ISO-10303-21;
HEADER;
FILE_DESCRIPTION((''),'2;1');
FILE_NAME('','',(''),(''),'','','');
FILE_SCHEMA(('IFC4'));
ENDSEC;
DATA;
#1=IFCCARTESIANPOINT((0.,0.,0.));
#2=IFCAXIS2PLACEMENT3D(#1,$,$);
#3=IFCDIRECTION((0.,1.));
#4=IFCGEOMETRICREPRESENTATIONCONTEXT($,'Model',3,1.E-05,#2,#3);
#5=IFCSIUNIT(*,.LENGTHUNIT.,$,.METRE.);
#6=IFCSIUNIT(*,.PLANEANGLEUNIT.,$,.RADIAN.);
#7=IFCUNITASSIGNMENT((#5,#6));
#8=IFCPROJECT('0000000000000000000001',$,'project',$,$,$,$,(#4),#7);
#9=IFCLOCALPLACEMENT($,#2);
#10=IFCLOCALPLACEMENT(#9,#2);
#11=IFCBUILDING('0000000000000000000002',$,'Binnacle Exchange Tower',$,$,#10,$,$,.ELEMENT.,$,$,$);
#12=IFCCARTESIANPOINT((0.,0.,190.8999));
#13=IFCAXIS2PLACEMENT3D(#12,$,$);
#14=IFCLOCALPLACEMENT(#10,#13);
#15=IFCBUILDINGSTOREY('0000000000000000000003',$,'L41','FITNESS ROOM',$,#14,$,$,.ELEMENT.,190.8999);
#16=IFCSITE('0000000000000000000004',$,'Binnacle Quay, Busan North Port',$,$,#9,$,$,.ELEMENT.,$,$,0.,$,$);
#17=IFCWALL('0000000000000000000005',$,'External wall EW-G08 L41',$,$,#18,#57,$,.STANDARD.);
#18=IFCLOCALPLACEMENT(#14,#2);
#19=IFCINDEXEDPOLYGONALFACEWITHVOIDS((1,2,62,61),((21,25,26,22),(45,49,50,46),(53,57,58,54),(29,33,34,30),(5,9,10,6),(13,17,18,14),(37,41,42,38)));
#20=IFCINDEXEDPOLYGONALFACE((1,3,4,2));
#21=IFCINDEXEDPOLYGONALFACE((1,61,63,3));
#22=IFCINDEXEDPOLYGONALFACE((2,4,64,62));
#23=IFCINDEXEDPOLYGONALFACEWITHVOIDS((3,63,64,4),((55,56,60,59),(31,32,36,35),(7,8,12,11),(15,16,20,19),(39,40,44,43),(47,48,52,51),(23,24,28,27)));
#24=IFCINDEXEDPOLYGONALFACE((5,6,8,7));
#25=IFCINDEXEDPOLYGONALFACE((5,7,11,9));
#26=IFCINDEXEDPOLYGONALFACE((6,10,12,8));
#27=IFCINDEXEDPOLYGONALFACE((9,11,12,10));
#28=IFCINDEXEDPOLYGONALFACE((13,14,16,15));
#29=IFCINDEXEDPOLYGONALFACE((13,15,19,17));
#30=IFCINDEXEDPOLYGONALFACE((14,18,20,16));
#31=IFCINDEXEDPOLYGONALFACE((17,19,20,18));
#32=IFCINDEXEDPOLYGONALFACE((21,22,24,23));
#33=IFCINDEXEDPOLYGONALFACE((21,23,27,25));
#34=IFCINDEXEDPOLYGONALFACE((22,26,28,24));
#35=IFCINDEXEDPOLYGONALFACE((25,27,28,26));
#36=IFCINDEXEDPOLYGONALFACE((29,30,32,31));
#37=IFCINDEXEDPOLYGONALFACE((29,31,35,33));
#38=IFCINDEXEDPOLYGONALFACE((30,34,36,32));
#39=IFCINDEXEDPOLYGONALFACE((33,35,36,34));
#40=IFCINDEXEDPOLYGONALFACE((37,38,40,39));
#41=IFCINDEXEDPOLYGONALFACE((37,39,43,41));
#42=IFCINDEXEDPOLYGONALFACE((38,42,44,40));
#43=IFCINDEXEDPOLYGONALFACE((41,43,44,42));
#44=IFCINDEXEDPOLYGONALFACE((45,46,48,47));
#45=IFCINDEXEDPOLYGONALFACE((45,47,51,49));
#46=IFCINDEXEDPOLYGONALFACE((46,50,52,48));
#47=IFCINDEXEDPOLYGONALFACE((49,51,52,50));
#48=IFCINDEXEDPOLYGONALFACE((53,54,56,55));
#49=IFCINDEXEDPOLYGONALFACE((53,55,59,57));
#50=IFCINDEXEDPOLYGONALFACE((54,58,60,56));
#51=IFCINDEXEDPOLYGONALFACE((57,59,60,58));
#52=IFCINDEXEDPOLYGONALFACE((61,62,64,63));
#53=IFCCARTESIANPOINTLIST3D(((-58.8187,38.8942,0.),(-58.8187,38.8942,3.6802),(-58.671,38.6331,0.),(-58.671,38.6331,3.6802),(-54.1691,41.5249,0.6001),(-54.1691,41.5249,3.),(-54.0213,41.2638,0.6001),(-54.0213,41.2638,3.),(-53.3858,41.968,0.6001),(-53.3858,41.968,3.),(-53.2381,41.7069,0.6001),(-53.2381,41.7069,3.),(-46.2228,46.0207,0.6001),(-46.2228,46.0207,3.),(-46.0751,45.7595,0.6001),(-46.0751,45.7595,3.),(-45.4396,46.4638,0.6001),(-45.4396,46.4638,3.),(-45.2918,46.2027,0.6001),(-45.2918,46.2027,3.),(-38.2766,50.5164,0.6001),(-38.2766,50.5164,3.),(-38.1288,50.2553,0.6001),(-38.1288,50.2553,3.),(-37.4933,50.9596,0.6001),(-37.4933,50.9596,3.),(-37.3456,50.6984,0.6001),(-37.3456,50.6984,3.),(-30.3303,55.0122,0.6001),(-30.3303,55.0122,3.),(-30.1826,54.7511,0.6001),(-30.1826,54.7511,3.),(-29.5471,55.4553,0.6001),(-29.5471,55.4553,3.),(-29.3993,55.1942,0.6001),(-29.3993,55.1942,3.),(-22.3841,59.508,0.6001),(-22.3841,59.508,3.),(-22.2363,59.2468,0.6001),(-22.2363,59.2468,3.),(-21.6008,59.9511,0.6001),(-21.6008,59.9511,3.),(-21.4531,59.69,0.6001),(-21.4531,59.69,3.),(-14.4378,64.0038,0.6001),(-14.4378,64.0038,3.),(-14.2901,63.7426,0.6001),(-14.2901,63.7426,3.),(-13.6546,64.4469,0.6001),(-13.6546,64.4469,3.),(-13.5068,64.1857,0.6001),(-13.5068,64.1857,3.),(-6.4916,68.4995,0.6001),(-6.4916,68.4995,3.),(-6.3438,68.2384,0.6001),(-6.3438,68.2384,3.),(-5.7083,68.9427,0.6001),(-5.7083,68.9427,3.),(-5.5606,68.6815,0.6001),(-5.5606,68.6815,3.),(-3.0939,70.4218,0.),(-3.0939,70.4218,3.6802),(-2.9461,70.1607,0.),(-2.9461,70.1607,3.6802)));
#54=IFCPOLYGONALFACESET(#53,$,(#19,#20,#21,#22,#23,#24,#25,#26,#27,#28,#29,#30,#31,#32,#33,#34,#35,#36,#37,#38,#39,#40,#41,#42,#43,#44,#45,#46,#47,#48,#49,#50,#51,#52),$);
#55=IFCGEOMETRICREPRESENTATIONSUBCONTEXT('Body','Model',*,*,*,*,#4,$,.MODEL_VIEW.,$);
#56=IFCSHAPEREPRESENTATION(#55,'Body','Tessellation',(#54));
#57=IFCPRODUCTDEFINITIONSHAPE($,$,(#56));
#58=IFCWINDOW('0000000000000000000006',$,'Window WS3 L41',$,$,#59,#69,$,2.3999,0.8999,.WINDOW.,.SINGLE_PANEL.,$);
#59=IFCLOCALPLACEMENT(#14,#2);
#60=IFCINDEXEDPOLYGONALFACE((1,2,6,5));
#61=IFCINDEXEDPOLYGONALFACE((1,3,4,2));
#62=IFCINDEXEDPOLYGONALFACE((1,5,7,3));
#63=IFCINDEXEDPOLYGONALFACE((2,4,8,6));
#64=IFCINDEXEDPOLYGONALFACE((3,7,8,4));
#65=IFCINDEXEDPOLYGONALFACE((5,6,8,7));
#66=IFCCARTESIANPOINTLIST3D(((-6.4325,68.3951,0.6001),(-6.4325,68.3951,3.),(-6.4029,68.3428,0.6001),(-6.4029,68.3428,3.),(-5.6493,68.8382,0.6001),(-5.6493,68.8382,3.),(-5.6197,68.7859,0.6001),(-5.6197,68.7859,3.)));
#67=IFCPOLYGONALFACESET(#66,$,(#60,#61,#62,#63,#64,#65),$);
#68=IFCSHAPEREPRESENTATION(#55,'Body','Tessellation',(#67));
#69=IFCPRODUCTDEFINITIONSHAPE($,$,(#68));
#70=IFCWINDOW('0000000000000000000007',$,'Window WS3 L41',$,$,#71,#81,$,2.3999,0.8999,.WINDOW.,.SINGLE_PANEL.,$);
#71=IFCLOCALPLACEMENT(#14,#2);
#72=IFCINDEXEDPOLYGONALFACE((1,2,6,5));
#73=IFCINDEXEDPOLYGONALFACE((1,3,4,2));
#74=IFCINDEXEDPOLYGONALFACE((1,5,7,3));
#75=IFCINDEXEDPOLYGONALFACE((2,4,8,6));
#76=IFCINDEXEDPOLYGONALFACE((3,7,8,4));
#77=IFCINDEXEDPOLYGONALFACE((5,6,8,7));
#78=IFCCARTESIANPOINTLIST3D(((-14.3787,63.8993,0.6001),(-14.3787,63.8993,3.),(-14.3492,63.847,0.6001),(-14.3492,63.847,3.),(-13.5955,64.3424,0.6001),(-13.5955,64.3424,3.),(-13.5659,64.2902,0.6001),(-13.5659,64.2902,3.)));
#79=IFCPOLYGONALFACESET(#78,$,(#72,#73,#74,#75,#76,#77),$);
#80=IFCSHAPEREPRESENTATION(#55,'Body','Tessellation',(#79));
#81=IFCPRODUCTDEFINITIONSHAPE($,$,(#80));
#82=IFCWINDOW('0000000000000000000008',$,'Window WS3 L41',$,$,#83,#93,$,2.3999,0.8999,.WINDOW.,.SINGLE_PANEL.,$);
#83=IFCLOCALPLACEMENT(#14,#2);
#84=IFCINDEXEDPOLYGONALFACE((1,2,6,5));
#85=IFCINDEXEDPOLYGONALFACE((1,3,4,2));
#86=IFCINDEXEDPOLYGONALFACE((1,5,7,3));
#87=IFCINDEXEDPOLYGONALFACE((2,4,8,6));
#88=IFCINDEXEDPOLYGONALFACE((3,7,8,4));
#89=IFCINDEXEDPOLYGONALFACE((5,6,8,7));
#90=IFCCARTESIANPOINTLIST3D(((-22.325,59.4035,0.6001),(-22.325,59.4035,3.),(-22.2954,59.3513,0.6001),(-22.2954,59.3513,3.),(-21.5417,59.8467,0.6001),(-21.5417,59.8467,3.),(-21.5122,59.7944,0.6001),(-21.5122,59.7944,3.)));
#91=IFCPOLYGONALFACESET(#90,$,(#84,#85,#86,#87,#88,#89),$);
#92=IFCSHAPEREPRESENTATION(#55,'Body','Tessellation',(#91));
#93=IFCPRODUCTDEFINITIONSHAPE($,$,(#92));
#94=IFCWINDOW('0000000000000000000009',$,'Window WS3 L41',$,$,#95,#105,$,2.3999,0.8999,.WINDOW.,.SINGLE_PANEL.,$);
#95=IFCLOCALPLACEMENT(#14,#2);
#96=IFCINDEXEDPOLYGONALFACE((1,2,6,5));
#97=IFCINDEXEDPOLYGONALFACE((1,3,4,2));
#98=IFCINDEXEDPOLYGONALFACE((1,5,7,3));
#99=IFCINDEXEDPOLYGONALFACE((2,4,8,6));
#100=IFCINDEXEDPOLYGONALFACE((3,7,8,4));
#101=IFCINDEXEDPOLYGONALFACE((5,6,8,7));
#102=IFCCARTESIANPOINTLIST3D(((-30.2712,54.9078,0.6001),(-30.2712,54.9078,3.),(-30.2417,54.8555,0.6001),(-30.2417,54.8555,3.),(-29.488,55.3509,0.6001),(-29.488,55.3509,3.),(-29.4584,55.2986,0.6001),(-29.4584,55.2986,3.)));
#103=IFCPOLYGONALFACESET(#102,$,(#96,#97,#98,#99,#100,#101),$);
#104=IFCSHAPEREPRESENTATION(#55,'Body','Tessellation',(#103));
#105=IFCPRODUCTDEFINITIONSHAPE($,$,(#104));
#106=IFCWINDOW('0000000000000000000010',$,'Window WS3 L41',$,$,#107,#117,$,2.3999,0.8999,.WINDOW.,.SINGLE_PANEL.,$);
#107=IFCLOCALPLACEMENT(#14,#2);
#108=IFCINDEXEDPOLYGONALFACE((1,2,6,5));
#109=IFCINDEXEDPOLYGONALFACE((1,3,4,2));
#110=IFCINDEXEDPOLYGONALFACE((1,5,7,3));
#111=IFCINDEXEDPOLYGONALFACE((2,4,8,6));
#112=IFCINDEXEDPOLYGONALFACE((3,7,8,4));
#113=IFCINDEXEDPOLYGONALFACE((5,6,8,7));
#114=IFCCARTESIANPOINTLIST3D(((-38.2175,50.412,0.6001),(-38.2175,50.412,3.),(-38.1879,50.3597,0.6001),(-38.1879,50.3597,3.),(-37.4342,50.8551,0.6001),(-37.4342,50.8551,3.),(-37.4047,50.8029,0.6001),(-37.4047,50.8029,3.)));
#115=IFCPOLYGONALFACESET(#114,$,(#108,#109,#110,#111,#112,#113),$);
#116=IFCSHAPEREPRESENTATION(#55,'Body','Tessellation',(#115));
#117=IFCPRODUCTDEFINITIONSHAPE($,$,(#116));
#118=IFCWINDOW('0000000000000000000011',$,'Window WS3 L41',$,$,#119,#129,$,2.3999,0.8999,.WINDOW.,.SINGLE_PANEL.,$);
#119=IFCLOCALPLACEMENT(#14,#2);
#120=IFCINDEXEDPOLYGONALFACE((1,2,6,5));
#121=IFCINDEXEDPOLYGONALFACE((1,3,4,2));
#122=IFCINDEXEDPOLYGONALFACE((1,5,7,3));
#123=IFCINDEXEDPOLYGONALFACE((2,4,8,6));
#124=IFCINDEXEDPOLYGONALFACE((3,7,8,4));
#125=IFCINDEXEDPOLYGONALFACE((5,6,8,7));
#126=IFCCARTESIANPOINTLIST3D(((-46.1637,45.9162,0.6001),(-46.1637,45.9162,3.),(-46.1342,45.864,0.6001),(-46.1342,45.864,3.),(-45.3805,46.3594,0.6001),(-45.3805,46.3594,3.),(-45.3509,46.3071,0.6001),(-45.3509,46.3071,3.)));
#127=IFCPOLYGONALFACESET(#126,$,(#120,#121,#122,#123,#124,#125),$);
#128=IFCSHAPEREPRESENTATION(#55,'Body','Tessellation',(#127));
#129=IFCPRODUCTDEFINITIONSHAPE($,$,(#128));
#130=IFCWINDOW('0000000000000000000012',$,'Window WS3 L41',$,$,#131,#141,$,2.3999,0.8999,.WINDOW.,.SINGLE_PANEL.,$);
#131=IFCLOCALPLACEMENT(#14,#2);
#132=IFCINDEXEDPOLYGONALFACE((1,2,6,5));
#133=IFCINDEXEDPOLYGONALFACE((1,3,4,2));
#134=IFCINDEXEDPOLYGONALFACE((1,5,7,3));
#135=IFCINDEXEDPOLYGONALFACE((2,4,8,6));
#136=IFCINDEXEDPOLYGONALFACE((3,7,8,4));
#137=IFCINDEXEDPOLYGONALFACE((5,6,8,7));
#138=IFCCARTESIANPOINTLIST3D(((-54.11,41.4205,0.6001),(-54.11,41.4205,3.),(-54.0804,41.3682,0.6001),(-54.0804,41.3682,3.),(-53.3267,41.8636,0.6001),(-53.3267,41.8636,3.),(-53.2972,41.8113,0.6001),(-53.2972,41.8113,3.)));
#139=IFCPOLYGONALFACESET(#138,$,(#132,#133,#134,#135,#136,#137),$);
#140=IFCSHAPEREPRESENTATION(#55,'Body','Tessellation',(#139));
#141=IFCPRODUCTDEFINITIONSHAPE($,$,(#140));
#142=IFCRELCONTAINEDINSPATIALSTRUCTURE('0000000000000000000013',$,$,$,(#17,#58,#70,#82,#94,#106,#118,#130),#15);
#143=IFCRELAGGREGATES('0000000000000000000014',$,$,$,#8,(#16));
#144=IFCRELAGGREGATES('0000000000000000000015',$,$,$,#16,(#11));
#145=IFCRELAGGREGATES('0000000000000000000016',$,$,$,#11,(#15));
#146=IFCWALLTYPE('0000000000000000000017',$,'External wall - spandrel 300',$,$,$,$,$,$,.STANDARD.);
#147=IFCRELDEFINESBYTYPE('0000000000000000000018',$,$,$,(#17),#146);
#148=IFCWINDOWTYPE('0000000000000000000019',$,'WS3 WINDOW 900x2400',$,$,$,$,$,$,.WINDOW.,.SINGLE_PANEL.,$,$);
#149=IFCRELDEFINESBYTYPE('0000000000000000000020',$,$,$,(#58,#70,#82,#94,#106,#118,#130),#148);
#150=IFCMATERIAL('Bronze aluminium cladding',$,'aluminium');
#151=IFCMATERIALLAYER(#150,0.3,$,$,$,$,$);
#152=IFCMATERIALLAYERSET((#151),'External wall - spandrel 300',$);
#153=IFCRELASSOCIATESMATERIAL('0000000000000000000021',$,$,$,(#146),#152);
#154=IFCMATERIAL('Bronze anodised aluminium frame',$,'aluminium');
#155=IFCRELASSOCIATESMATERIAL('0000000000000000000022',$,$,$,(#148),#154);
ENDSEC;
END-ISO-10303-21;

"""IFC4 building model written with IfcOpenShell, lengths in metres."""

from ifc_helpers import new_model, si_unit, direction, frame, frame_2d, origin, place, context, subcontext, project, spatial, rectangle, extrude, material, layer, layer_set, type_object, element, fill, save


model = new_model("IFC4")

# Units and contexts
model_context = context("Model", 3, precision=1e-05, world=origin(), true_north=direction((0.0, 1.0)))
body_context = subcontext(model_context, "Body", "Model", "MODEL_VIEW")
ifc_project = project(units=[si_unit("LENGTHUNIT", "METRE"), si_unit("PLANEANGLEUNIT", "RADIAN")], contexts=[model_context])

# Site, building, storey
site_placement = place(None, origin())
site = spatial("IfcSite", under=ifc_project, at=site_placement, Name="Binnacle Quay, Busan North Port", CompositionType="ELEMENT", RefElevation=0.0)
building_placement = place(site_placement, origin())
building = spatial("IfcBuilding", under=site, at=building_placement, Name="Binnacle Exchange Tower", CompositionType="ELEMENT")
storey_placement = place(building_placement, frame((0.0, 0.0, 190.8999)))
storey = spatial("IfcBuildingStorey", under=building, at=storey_placement, Name="L41", Description="FITNESS ROOM", CompositionType="ELEMENT", Elevation=190.8999)

# Wall, openings, windows
ifc_material_1 = material(Name="Bronze aluminium cladding", Category="aluminium")
ifc_layer_1 = layer(ifc_material_1, 0.3)
ifc_layer_set_1 = layer_set([ifc_layer_1], Name="External wall - spandrel 300")
wall_type_1 = type_object("IfcWallType", Name="External wall - spandrel 300", PredefinedType="STANDARD", material=ifc_layer_set_1)
wall_1_placement = place(storey_placement, frame((-58.7449, 38.7637, 0.0), z_axis=(0.0, 0.0, 1.0), x_axis=(0.870356, 0.492423, 0.0)))
wall_1 = element("IfcWall", 1, at=wall_1_placement, inside=storey, type_object=wall_type_1, Name="External wall EW-G08 L41", PredefinedType="STANDARD", context=body_context, shape_type="SweptSolid", body=[
    extrude(rectangle(XDim=64.0254, YDim=0.3, at=frame_2d((32.0127, 0.0))), origin(), (0.0, 0.0, 1.0), 3.6802),
])
opening_1_placement = place(wall_1_placement, frame((60.1216, 0.0, 0.6001)))
opening_1 = element("IfcOpeningElement", 2, at=opening_1_placement, cuts=wall_1, PredefinedType="OPENING", context=body_context, shape_type="SweptSolid", body=[
    extrude(rectangle(XDim=0.8999, YDim=2.3999, at=frame_2d((0.45, 1.2))), frame((0.0, 0.1599, 0.0), z_axis=(0.0, -1.0, 0.0), x_axis=(1.0, 0.0, 0.0)), (0.0, 0.0, 1.0), 0.3201),
])
opening_2_placement = place(wall_1_placement, frame((50.9917, 0.0, 0.6001)))
opening_2 = element("IfcOpeningElement", 3, at=opening_2_placement, cuts=wall_1, PredefinedType="OPENING", context=body_context, shape_type="SweptSolid", body=[
    extrude(rectangle(XDim=0.8999, YDim=2.3999, at=frame_2d((0.45, 1.2))), frame((0.0, 0.1599, 0.0), z_axis=(0.0, -1.0, 0.0), x_axis=(1.0, 0.0, 0.0)), (0.0, 0.0, 1.0), 0.3201),
])
opening_3_placement = place(wall_1_placement, frame((41.8618, 0.0, 0.6001)))
opening_3 = element("IfcOpeningElement", 4, at=opening_3_placement, cuts=wall_1, PredefinedType="OPENING", context=body_context, shape_type="SweptSolid", body=[
    extrude(rectangle(XDim=0.8999, YDim=2.3999, at=frame_2d((0.45, 1.2))), frame((0.0, 0.1599, 0.0), z_axis=(0.0, -1.0, 0.0), x_axis=(1.0, 0.0, 0.0)), (0.0, 0.0, 1.0), 0.3201),
])
opening_4_placement = place(wall_1_placement, frame((32.7319, 0.0, 0.6001)))
opening_4 = element("IfcOpeningElement", 5, at=opening_4_placement, cuts=wall_1, PredefinedType="OPENING", context=body_context, shape_type="SweptSolid", body=[
    extrude(rectangle(XDim=0.8999, YDim=2.3999, at=frame_2d((0.45, 1.2))), frame((0.0, 0.1599, 0.0), z_axis=(0.0, -1.0, 0.0), x_axis=(1.0, 0.0, 0.0)), (0.0, 0.0, 1.0), 0.3201),
])
opening_5_placement = place(wall_1_placement, frame((23.6021, 0.0, 0.6001)))
opening_5 = element("IfcOpeningElement", 6, at=opening_5_placement, cuts=wall_1, PredefinedType="OPENING", context=body_context, shape_type="SweptSolid", body=[
    extrude(rectangle(XDim=0.8999, YDim=2.3999, at=frame_2d((0.45, 1.2))), frame((0.0, 0.1599, 0.0), z_axis=(0.0, -1.0, 0.0), x_axis=(1.0, 0.0, 0.0)), (0.0, 0.0, 1.0), 0.3201),
])
opening_6_placement = place(wall_1_placement, frame((14.4722, 0.0, 0.6001)))
opening_6 = element("IfcOpeningElement", 7, at=opening_6_placement, cuts=wall_1, PredefinedType="OPENING", context=body_context, shape_type="SweptSolid", body=[
    extrude(rectangle(XDim=0.8999, YDim=2.3999, at=frame_2d((0.45, 1.2))), frame((0.0, 0.1599, 0.0), z_axis=(0.0, -1.0, 0.0), x_axis=(1.0, 0.0, 0.0)), (0.0, 0.0, 1.0), 0.3201),
])
opening_7_placement = place(wall_1_placement, frame((5.3423, 0.0, 0.6001)))
opening_7 = element("IfcOpeningElement", 8, at=opening_7_placement, cuts=wall_1, PredefinedType="OPENING", context=body_context, shape_type="SweptSolid", body=[
    extrude(rectangle(XDim=0.8999, YDim=2.3999, at=frame_2d((0.45, 1.2))), frame((0.0, 0.1599, 0.0), z_axis=(0.0, -1.0, 0.0), x_axis=(1.0, 0.0, 0.0)), (0.0, 0.0, 1.0), 0.3201),
])
ifc_material_2 = material(Name="Bronze anodised aluminium frame", Category="aluminium")
window_type = type_object("IfcWindowType", Name="WS3 WINDOW 900x2400", PartitioningType="SINGLE_PANEL", PredefinedType="WINDOW", material=ifc_material_2)
window_1_placement = place(opening_1_placement, origin())
window_1 = element("IfcWindow", 9, at=window_1_placement, inside=storey, type_object=window_type, Name="Window WS3 L41", OverallHeight=2.3999, OverallWidth=0.8999, PartitioningType="SINGLE_PANEL", PredefinedType="WINDOW", context=body_context, shape_type="SweptSolid", body=[
    extrude(rectangle(XDim=0.8999, YDim=2.3999, at=frame_2d((0.45, 1.2))), frame((0.0, 0.03, 0.0), z_axis=(0.0, -1.0, 0.0), x_axis=(1.0, 0.0, 0.0)), (0.0, 0.0, 1.0), 0.0601),
])
fill(opening_1, window_1)
window_2_placement = place(opening_2_placement, origin())
window_2 = element("IfcWindow", 10, at=window_2_placement, inside=storey, type_object=window_type, Name="Window WS3 L41", OverallHeight=2.3999, OverallWidth=0.8999, PartitioningType="SINGLE_PANEL", PredefinedType="WINDOW", context=body_context, shape_type="SweptSolid", body=[
    extrude(rectangle(XDim=0.8999, YDim=2.3999, at=frame_2d((0.45, 1.2))), frame((0.0, 0.03, 0.0), z_axis=(0.0, -1.0, 0.0), x_axis=(1.0, 0.0, 0.0)), (0.0, 0.0, 1.0), 0.0601),
])
fill(opening_2, window_2)
window_3_placement = place(opening_3_placement, origin())
window_3 = element("IfcWindow", 11, at=window_3_placement, inside=storey, type_object=window_type, Name="Window WS3 L41", OverallHeight=2.3999, OverallWidth=0.8999, PartitioningType="SINGLE_PANEL", PredefinedType="WINDOW", context=body_context, shape_type="SweptSolid", body=[
    extrude(rectangle(XDim=0.8999, YDim=2.3999, at=frame_2d((0.45, 1.2))), frame((0.0, 0.03, 0.0), z_axis=(0.0, -1.0, 0.0), x_axis=(1.0, 0.0, 0.0)), (0.0, 0.0, 1.0), 0.0601),
])
fill(opening_3, window_3)
window_4_placement = place(opening_4_placement, origin())
window_4 = element("IfcWindow", 12, at=window_4_placement, inside=storey, type_object=window_type, Name="Window WS3 L41", OverallHeight=2.3999, OverallWidth=0.8999, PartitioningType="SINGLE_PANEL", PredefinedType="WINDOW", context=body_context, shape_type="SweptSolid", body=[
    extrude(rectangle(XDim=0.8999, YDim=2.3999, at=frame_2d((0.45, 1.2))), frame((0.0, 0.03, 0.0), z_axis=(0.0, -1.0, 0.0), x_axis=(1.0, 0.0, 0.0)), (0.0, 0.0, 1.0), 0.0601),
])
fill(opening_4, window_4)
window_5_placement = place(opening_5_placement, origin())
window_5 = element("IfcWindow", 13, at=window_5_placement, inside=storey, type_object=window_type, Name="Window WS3 L41", OverallHeight=2.3999, OverallWidth=0.8999, PartitioningType="SINGLE_PANEL", PredefinedType="WINDOW", context=body_context, shape_type="SweptSolid", body=[
    extrude(rectangle(XDim=0.8999, YDim=2.3999, at=frame_2d((0.45, 1.2))), frame((0.0, 0.03, 0.0), z_axis=(0.0, -1.0, 0.0), x_axis=(1.0, 0.0, 0.0)), (0.0, 0.0, 1.0), 0.0601),
])
fill(opening_5, window_5)
window_6_placement = place(opening_6_placement, origin())
window_6 = element("IfcWindow", 14, at=window_6_placement, inside=storey, type_object=window_type, Name="Window WS3 L41", OverallHeight=2.3999, OverallWidth=0.8999, PartitioningType="SINGLE_PANEL", PredefinedType="WINDOW", context=body_context, shape_type="SweptSolid", body=[
    extrude(rectangle(XDim=0.8999, YDim=2.3999, at=frame_2d((0.45, 1.2))), frame((0.0, 0.03, 0.0), z_axis=(0.0, -1.0, 0.0), x_axis=(1.0, 0.0, 0.0)), (0.0, 0.0, 1.0), 0.0601),
])
fill(opening_6, window_6)
window_7_placement = place(opening_7_placement, origin())
window_7 = element("IfcWindow", 15, at=window_7_placement, inside=storey, type_object=window_type, Name="Window WS3 L41", OverallHeight=2.3999, OverallWidth=0.8999, PartitioningType="SINGLE_PANEL", PredefinedType="WINDOW", context=body_context, shape_type="SweptSolid", body=[
    extrude(rectangle(XDim=0.8999, YDim=2.3999, at=frame_2d((0.45, 1.2))), frame((0.0, 0.03, 0.0), z_axis=(0.0, -1.0, 0.0), x_axis=(1.0, 0.0, 0.0)), (0.0, 0.0, 1.0), 0.0601),
])
fill(opening_7, window_7)

save(model, "model.ifc")
